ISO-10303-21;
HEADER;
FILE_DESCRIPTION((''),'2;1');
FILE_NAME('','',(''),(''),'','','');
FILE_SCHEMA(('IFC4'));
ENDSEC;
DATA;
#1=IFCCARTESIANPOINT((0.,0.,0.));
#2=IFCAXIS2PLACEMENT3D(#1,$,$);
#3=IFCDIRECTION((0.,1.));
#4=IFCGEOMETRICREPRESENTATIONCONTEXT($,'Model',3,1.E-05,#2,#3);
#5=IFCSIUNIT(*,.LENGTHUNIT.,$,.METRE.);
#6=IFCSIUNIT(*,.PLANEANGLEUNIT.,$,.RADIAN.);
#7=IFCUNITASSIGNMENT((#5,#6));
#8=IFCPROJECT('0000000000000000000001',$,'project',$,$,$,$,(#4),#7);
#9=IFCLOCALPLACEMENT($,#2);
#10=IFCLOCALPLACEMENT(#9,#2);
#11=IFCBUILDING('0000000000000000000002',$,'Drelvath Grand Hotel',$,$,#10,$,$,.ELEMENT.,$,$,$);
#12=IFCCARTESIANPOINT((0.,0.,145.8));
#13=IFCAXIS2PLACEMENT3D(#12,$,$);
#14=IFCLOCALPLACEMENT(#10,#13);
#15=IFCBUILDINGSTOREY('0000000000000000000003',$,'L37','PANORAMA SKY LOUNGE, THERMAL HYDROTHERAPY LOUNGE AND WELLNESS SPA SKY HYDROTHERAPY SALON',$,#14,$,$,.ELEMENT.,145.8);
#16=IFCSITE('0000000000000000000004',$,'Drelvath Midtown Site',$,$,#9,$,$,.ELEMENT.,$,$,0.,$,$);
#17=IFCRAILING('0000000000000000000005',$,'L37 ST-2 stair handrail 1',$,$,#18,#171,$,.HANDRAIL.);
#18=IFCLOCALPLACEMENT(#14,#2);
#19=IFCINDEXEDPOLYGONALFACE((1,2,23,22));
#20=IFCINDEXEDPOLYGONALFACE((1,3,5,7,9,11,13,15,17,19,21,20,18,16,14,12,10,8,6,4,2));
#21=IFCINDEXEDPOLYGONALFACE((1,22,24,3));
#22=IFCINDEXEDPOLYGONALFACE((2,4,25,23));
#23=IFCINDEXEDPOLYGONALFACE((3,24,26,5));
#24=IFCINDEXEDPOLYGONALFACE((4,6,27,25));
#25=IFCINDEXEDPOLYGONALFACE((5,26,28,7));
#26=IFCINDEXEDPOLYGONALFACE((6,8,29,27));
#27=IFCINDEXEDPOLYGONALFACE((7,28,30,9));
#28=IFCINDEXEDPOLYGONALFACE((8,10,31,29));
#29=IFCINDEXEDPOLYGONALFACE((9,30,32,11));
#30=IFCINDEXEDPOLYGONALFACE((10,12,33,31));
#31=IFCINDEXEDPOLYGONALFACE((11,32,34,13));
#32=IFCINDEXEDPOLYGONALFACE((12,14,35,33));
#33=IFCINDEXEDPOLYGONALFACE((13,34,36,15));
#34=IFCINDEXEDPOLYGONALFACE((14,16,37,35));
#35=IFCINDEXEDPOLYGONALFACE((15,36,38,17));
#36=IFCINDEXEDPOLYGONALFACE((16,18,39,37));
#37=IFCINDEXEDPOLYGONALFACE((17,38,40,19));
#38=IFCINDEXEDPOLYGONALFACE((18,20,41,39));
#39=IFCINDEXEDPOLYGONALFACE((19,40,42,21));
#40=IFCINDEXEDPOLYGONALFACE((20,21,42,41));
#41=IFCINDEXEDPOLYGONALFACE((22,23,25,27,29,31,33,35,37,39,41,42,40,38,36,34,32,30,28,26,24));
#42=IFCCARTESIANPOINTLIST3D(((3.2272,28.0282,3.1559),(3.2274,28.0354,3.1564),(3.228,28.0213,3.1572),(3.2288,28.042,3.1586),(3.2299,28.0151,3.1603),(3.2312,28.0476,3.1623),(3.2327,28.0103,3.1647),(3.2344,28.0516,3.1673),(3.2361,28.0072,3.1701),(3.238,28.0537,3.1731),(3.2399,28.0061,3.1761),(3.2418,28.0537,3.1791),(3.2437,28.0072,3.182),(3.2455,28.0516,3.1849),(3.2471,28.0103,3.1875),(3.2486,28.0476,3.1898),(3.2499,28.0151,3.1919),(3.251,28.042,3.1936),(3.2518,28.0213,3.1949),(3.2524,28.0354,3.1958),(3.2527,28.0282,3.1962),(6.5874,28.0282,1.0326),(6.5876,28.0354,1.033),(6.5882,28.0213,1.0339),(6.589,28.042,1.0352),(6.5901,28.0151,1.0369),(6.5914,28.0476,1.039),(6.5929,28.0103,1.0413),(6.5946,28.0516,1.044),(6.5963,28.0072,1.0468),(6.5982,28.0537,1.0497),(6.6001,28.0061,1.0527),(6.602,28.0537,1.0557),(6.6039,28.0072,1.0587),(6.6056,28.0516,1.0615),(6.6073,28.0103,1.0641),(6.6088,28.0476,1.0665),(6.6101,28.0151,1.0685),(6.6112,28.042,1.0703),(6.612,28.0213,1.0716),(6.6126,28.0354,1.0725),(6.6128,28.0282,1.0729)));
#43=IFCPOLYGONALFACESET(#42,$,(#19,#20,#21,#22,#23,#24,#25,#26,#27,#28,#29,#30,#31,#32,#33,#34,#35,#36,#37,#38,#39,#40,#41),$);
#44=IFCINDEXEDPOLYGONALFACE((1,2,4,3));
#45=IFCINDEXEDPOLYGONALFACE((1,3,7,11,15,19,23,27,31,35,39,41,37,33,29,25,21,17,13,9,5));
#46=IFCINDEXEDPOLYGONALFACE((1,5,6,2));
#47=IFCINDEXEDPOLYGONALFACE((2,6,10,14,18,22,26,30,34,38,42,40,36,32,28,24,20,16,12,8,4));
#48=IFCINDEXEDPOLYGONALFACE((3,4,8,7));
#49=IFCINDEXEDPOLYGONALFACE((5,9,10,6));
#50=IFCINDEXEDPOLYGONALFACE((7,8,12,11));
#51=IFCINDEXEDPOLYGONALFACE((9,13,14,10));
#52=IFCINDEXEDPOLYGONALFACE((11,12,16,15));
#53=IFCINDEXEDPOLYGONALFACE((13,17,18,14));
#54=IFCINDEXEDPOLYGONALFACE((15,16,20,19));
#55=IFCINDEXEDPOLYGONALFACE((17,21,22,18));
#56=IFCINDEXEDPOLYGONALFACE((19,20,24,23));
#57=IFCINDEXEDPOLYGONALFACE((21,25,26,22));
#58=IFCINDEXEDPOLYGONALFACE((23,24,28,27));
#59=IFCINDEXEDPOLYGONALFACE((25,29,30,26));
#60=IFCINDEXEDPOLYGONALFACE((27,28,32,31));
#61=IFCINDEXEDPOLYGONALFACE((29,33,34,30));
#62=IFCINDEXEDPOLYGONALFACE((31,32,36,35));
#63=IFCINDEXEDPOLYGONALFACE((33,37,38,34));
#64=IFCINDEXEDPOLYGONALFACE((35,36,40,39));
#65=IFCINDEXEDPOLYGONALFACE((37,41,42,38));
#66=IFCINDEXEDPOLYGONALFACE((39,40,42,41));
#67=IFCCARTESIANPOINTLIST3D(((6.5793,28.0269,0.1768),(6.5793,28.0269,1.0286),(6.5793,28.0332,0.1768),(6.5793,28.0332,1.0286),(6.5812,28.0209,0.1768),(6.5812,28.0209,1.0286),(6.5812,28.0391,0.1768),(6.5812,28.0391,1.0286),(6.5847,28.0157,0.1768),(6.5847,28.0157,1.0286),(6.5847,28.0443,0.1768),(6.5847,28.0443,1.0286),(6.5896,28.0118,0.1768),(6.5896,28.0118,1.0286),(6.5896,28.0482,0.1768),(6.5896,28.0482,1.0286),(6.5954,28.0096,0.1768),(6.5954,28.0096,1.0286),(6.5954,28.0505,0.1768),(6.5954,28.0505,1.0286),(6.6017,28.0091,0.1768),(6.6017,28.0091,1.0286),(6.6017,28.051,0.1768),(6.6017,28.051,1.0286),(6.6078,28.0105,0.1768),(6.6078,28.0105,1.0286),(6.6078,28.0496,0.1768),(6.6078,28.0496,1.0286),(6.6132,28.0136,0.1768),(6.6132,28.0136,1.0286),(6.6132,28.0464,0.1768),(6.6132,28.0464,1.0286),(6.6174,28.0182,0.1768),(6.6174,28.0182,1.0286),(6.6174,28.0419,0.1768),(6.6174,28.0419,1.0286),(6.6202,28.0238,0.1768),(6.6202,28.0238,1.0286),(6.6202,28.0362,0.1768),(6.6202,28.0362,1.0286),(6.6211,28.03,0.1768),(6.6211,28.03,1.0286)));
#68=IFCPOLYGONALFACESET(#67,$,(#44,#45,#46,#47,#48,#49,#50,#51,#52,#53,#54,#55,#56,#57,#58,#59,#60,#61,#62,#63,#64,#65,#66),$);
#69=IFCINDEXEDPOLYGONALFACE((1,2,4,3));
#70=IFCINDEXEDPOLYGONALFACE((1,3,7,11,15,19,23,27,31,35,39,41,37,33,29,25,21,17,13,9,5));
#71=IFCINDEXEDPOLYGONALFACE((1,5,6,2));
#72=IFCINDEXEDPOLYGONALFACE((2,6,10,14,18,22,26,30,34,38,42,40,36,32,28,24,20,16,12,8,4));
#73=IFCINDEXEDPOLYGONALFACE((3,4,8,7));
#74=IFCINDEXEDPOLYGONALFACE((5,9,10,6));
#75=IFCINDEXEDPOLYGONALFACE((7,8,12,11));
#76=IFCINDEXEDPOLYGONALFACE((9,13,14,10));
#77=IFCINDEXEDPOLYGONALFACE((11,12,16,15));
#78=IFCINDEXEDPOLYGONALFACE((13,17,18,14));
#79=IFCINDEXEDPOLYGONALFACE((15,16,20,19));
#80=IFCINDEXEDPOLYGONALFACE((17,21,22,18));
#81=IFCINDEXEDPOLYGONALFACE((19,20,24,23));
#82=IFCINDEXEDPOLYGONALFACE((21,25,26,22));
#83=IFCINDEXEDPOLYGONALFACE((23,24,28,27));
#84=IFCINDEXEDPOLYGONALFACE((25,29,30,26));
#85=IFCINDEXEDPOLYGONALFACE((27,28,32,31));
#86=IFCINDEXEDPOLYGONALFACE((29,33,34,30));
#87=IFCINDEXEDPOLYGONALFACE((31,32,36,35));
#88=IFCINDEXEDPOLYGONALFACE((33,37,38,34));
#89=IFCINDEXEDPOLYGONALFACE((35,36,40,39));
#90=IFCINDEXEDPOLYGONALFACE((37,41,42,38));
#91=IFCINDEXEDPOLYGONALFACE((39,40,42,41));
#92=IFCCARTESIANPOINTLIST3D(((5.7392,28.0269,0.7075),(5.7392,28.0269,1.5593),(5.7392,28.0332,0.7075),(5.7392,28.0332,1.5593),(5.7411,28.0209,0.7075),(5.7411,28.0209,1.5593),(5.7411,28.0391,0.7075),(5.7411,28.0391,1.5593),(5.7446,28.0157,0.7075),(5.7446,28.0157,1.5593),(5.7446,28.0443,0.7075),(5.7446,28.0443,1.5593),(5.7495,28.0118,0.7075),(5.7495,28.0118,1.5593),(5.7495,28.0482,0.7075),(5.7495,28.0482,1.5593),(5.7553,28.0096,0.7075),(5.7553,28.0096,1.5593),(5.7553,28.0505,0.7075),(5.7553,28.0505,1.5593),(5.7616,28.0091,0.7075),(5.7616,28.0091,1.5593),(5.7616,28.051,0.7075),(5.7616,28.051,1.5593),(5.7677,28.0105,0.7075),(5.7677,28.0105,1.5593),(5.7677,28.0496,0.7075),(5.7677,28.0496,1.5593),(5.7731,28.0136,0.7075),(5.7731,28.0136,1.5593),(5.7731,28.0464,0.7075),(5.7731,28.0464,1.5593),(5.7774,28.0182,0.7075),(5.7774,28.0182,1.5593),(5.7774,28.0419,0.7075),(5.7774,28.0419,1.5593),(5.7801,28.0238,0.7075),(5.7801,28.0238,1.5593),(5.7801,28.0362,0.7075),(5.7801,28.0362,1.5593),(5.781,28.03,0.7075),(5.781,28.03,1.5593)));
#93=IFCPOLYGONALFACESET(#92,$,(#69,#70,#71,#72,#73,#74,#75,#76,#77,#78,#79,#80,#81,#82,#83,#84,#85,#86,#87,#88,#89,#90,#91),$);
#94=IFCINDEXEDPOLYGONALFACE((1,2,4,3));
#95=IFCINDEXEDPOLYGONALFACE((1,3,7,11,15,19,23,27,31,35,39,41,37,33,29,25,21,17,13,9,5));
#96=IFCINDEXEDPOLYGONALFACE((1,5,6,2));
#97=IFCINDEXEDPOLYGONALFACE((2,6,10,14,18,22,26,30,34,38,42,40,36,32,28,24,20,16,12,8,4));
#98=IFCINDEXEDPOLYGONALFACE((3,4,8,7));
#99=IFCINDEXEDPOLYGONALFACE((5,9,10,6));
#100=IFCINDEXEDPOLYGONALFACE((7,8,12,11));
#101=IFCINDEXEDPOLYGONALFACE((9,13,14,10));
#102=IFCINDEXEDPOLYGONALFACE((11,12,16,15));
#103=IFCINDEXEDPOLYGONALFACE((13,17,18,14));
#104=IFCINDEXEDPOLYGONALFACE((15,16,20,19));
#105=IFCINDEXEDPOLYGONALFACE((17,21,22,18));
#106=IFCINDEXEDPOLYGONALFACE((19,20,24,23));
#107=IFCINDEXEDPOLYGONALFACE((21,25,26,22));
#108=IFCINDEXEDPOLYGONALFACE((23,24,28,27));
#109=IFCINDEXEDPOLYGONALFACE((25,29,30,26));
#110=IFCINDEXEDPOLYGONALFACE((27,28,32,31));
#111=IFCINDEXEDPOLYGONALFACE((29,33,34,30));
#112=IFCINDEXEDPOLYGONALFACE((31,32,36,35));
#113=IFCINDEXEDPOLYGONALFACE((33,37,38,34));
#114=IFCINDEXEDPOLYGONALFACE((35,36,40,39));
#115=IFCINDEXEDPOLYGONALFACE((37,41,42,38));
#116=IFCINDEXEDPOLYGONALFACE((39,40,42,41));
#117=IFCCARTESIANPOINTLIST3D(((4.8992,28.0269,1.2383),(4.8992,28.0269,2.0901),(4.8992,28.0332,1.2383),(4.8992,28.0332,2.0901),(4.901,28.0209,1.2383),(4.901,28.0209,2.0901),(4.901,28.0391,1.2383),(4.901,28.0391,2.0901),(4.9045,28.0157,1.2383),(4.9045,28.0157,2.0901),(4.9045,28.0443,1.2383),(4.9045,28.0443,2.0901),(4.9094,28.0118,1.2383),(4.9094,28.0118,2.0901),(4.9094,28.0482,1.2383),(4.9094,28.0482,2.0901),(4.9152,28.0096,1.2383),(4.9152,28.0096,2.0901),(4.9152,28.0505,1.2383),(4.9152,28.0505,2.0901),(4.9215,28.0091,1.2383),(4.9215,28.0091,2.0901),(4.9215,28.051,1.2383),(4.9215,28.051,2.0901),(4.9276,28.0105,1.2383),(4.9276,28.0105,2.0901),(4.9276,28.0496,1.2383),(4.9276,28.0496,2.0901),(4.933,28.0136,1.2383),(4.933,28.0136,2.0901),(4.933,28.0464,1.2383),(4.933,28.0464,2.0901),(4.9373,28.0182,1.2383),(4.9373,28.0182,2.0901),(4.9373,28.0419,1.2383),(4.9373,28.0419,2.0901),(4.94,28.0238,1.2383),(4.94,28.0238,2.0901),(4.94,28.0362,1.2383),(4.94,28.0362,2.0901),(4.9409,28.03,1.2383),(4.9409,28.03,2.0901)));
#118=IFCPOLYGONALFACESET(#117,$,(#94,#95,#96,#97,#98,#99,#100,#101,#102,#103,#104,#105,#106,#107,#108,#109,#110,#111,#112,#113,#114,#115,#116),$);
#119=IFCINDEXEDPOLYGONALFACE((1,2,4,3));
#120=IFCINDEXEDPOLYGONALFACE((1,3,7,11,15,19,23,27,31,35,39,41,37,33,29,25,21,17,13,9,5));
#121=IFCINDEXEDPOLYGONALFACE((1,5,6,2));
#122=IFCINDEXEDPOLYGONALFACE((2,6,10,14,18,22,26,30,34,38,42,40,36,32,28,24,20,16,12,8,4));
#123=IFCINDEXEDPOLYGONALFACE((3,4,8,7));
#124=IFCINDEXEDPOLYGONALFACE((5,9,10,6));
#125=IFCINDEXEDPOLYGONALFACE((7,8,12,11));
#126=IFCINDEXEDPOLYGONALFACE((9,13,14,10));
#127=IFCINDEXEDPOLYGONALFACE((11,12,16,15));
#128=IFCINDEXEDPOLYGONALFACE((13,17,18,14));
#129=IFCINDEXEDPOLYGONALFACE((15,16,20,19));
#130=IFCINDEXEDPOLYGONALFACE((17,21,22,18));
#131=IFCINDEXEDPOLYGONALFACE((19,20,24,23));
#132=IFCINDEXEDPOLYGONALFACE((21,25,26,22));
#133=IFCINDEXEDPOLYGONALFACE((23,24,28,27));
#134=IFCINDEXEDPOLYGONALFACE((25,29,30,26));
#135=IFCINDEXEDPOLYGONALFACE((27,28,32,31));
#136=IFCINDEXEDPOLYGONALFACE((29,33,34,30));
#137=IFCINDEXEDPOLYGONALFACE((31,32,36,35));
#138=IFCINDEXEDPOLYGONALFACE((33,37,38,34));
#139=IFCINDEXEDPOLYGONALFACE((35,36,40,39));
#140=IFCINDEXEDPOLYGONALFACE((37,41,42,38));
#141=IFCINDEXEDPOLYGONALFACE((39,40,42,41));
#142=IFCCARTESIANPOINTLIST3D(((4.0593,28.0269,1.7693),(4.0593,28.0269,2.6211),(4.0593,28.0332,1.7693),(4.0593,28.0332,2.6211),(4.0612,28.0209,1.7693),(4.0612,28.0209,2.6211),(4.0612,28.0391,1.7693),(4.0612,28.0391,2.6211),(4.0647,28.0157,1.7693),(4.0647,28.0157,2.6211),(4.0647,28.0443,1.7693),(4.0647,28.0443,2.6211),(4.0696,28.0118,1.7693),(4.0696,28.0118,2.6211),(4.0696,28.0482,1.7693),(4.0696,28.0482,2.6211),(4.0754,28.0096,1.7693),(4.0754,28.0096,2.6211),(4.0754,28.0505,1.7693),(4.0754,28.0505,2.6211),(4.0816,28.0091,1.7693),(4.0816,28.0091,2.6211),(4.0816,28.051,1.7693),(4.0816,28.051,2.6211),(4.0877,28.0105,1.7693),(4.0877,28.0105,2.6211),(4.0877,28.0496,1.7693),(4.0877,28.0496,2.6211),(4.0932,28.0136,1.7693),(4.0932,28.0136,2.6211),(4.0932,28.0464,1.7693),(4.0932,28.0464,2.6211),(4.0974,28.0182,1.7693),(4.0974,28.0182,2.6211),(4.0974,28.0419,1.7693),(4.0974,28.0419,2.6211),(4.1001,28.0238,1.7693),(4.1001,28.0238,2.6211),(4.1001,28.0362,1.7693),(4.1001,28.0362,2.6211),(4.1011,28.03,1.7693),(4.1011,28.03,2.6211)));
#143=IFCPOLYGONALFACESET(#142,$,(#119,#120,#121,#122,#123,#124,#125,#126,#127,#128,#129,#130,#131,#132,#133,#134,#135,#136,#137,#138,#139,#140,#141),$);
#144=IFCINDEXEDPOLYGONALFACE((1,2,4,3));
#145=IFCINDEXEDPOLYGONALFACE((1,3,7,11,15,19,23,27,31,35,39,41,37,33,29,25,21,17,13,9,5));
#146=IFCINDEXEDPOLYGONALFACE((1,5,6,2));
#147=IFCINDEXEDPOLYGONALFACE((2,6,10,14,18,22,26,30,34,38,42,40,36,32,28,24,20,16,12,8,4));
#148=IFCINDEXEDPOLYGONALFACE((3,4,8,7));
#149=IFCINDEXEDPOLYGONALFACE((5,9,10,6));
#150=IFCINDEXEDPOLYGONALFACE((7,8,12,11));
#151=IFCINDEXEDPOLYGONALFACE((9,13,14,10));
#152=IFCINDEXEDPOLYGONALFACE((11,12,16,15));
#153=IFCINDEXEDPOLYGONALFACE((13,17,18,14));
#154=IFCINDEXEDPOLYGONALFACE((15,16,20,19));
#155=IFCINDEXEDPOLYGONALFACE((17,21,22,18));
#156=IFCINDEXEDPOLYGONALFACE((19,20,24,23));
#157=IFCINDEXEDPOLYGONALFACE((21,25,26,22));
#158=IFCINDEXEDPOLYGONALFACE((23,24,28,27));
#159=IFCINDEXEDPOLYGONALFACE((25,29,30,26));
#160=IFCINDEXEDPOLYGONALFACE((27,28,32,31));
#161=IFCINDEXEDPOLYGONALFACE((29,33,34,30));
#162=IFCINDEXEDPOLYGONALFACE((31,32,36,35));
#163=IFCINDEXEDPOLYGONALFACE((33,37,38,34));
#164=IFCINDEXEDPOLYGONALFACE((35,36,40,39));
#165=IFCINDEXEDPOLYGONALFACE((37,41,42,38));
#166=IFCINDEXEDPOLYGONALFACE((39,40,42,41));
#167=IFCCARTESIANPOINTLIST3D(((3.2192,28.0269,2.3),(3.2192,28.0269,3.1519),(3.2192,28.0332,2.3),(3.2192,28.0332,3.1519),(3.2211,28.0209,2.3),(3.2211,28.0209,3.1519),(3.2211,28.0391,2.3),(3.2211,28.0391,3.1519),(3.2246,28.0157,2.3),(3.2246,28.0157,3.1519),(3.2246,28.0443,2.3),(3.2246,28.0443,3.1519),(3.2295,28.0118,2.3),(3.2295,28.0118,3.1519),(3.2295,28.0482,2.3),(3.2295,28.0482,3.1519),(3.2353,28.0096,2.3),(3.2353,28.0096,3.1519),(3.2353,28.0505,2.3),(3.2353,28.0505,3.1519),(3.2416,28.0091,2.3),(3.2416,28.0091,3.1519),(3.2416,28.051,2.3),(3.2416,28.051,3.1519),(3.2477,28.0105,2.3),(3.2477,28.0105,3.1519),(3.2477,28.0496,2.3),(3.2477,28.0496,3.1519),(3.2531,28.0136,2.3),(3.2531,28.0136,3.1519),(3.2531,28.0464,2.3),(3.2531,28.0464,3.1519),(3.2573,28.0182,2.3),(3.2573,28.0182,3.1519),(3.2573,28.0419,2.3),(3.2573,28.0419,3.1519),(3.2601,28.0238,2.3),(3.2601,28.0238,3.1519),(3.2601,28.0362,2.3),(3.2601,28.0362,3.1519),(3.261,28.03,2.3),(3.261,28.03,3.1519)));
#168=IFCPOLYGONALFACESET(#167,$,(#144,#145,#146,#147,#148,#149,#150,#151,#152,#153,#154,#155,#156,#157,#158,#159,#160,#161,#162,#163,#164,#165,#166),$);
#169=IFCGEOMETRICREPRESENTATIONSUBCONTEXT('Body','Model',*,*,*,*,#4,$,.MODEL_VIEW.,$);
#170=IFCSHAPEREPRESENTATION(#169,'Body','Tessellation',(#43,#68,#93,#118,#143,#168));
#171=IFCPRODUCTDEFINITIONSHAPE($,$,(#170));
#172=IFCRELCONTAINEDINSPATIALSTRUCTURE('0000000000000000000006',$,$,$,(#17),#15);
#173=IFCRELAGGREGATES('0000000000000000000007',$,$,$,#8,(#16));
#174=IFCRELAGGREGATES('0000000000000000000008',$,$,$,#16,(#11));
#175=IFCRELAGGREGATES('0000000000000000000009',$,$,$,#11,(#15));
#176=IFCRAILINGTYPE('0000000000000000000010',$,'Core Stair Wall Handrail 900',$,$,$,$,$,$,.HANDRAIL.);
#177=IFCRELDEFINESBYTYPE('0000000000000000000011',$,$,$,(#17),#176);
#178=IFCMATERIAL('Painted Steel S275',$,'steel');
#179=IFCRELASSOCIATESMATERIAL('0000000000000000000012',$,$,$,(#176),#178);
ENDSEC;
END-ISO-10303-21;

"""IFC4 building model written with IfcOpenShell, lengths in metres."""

from ifc_helpers import new_model, si_unit, direction, frame, origin, origin_2d, place, context, subcontext, project, spatial, circle, extrude, material, type_object, element, save


model = new_model("IFC4")

# Units and contexts
model_context = context("Model", 3, precision=1e-05, world=origin(), true_north=direction((0.0, 1.0)))
body_context = subcontext(model_context, "Body", "Model", "MODEL_VIEW")
ifc_project = project(units=[si_unit("LENGTHUNIT", "METRE"), si_unit("PLANEANGLEUNIT", "RADIAN")], contexts=[model_context])

# Site, building, storey
site_placement = place(None, origin())
site = spatial("IfcSite", under=ifc_project, at=site_placement, Name="Drelvath Midtown Site", CompositionType="ELEMENT", RefElevation=0.0)
building_placement = place(site_placement, origin())
building = spatial("IfcBuilding", under=site, at=building_placement, Name="Drelvath Grand Hotel", CompositionType="ELEMENT")
storey_placement = place(building_placement, frame((0.0, 0.0, 145.8)))
storey = spatial("IfcBuildingStorey", under=building, at=storey_placement, Name="L37", Description="PANORAMA SKY LOUNGE, THERMAL HYDROTHERAPY LOUNGE AND WELLNESS SPA SKY HYDROTHERAPY SALON", CompositionType="ELEMENT", Elevation=145.8)

# Shared definitions
ifc_material_1 = material(Name="Painted Steel S275", Category="steel")

# Railing
railing_type_1 = type_object("IfcRailingType", Name="Core Stair Wall Handrail 900", PredefinedType="HANDRAIL", material=ifc_material_1)
railing_1_placement = place(storey_placement, frame((6.6001, 28.03, 0.1768)))
element("IfcRailing", 1, at=railing_1_placement, inside=storey, type_object=railing_type_1, Name="L37 ST-2 stair handrail 1", PredefinedType="HANDRAIL", context=body_context, shape_type="SweptSolid", body=[
    extrude(circle(Radius=0.0239, at=origin_2d()), frame((0.0, 0.0, 0.876), z_axis=(-0.845362, 0.0, 0.534194), x_axis=(0.0, -1.0, 0.0)), (0.0, 0.0, 1.0), 3.9749),
    extrude(circle(Radius=0.021, at=origin_2d()), origin(), (0.0, 0.0, 1.0), 0.8518),
    extrude(circle(Radius=0.021, at=origin_2d()), frame((-0.8401, 0.0, 0.5308)), (0.0, 0.0, 1.0), 0.8518),
    extrude(circle(Radius=0.021, at=origin_2d()), frame((-1.6802, 0.0, 1.0615)), (0.0, 0.0, 1.0), 0.8518),
    extrude(circle(Radius=0.021, at=origin_2d()), frame((-2.52, 0.0, 1.5925)), (0.0, 0.0, 1.0), 0.8518),
    extrude(circle(Radius=0.021, at=origin_2d()), frame((-3.3601, 0.0, 2.1233)), (0.0, 0.0, 1.0), 0.8518),
])

save(model, "model.ifc")
